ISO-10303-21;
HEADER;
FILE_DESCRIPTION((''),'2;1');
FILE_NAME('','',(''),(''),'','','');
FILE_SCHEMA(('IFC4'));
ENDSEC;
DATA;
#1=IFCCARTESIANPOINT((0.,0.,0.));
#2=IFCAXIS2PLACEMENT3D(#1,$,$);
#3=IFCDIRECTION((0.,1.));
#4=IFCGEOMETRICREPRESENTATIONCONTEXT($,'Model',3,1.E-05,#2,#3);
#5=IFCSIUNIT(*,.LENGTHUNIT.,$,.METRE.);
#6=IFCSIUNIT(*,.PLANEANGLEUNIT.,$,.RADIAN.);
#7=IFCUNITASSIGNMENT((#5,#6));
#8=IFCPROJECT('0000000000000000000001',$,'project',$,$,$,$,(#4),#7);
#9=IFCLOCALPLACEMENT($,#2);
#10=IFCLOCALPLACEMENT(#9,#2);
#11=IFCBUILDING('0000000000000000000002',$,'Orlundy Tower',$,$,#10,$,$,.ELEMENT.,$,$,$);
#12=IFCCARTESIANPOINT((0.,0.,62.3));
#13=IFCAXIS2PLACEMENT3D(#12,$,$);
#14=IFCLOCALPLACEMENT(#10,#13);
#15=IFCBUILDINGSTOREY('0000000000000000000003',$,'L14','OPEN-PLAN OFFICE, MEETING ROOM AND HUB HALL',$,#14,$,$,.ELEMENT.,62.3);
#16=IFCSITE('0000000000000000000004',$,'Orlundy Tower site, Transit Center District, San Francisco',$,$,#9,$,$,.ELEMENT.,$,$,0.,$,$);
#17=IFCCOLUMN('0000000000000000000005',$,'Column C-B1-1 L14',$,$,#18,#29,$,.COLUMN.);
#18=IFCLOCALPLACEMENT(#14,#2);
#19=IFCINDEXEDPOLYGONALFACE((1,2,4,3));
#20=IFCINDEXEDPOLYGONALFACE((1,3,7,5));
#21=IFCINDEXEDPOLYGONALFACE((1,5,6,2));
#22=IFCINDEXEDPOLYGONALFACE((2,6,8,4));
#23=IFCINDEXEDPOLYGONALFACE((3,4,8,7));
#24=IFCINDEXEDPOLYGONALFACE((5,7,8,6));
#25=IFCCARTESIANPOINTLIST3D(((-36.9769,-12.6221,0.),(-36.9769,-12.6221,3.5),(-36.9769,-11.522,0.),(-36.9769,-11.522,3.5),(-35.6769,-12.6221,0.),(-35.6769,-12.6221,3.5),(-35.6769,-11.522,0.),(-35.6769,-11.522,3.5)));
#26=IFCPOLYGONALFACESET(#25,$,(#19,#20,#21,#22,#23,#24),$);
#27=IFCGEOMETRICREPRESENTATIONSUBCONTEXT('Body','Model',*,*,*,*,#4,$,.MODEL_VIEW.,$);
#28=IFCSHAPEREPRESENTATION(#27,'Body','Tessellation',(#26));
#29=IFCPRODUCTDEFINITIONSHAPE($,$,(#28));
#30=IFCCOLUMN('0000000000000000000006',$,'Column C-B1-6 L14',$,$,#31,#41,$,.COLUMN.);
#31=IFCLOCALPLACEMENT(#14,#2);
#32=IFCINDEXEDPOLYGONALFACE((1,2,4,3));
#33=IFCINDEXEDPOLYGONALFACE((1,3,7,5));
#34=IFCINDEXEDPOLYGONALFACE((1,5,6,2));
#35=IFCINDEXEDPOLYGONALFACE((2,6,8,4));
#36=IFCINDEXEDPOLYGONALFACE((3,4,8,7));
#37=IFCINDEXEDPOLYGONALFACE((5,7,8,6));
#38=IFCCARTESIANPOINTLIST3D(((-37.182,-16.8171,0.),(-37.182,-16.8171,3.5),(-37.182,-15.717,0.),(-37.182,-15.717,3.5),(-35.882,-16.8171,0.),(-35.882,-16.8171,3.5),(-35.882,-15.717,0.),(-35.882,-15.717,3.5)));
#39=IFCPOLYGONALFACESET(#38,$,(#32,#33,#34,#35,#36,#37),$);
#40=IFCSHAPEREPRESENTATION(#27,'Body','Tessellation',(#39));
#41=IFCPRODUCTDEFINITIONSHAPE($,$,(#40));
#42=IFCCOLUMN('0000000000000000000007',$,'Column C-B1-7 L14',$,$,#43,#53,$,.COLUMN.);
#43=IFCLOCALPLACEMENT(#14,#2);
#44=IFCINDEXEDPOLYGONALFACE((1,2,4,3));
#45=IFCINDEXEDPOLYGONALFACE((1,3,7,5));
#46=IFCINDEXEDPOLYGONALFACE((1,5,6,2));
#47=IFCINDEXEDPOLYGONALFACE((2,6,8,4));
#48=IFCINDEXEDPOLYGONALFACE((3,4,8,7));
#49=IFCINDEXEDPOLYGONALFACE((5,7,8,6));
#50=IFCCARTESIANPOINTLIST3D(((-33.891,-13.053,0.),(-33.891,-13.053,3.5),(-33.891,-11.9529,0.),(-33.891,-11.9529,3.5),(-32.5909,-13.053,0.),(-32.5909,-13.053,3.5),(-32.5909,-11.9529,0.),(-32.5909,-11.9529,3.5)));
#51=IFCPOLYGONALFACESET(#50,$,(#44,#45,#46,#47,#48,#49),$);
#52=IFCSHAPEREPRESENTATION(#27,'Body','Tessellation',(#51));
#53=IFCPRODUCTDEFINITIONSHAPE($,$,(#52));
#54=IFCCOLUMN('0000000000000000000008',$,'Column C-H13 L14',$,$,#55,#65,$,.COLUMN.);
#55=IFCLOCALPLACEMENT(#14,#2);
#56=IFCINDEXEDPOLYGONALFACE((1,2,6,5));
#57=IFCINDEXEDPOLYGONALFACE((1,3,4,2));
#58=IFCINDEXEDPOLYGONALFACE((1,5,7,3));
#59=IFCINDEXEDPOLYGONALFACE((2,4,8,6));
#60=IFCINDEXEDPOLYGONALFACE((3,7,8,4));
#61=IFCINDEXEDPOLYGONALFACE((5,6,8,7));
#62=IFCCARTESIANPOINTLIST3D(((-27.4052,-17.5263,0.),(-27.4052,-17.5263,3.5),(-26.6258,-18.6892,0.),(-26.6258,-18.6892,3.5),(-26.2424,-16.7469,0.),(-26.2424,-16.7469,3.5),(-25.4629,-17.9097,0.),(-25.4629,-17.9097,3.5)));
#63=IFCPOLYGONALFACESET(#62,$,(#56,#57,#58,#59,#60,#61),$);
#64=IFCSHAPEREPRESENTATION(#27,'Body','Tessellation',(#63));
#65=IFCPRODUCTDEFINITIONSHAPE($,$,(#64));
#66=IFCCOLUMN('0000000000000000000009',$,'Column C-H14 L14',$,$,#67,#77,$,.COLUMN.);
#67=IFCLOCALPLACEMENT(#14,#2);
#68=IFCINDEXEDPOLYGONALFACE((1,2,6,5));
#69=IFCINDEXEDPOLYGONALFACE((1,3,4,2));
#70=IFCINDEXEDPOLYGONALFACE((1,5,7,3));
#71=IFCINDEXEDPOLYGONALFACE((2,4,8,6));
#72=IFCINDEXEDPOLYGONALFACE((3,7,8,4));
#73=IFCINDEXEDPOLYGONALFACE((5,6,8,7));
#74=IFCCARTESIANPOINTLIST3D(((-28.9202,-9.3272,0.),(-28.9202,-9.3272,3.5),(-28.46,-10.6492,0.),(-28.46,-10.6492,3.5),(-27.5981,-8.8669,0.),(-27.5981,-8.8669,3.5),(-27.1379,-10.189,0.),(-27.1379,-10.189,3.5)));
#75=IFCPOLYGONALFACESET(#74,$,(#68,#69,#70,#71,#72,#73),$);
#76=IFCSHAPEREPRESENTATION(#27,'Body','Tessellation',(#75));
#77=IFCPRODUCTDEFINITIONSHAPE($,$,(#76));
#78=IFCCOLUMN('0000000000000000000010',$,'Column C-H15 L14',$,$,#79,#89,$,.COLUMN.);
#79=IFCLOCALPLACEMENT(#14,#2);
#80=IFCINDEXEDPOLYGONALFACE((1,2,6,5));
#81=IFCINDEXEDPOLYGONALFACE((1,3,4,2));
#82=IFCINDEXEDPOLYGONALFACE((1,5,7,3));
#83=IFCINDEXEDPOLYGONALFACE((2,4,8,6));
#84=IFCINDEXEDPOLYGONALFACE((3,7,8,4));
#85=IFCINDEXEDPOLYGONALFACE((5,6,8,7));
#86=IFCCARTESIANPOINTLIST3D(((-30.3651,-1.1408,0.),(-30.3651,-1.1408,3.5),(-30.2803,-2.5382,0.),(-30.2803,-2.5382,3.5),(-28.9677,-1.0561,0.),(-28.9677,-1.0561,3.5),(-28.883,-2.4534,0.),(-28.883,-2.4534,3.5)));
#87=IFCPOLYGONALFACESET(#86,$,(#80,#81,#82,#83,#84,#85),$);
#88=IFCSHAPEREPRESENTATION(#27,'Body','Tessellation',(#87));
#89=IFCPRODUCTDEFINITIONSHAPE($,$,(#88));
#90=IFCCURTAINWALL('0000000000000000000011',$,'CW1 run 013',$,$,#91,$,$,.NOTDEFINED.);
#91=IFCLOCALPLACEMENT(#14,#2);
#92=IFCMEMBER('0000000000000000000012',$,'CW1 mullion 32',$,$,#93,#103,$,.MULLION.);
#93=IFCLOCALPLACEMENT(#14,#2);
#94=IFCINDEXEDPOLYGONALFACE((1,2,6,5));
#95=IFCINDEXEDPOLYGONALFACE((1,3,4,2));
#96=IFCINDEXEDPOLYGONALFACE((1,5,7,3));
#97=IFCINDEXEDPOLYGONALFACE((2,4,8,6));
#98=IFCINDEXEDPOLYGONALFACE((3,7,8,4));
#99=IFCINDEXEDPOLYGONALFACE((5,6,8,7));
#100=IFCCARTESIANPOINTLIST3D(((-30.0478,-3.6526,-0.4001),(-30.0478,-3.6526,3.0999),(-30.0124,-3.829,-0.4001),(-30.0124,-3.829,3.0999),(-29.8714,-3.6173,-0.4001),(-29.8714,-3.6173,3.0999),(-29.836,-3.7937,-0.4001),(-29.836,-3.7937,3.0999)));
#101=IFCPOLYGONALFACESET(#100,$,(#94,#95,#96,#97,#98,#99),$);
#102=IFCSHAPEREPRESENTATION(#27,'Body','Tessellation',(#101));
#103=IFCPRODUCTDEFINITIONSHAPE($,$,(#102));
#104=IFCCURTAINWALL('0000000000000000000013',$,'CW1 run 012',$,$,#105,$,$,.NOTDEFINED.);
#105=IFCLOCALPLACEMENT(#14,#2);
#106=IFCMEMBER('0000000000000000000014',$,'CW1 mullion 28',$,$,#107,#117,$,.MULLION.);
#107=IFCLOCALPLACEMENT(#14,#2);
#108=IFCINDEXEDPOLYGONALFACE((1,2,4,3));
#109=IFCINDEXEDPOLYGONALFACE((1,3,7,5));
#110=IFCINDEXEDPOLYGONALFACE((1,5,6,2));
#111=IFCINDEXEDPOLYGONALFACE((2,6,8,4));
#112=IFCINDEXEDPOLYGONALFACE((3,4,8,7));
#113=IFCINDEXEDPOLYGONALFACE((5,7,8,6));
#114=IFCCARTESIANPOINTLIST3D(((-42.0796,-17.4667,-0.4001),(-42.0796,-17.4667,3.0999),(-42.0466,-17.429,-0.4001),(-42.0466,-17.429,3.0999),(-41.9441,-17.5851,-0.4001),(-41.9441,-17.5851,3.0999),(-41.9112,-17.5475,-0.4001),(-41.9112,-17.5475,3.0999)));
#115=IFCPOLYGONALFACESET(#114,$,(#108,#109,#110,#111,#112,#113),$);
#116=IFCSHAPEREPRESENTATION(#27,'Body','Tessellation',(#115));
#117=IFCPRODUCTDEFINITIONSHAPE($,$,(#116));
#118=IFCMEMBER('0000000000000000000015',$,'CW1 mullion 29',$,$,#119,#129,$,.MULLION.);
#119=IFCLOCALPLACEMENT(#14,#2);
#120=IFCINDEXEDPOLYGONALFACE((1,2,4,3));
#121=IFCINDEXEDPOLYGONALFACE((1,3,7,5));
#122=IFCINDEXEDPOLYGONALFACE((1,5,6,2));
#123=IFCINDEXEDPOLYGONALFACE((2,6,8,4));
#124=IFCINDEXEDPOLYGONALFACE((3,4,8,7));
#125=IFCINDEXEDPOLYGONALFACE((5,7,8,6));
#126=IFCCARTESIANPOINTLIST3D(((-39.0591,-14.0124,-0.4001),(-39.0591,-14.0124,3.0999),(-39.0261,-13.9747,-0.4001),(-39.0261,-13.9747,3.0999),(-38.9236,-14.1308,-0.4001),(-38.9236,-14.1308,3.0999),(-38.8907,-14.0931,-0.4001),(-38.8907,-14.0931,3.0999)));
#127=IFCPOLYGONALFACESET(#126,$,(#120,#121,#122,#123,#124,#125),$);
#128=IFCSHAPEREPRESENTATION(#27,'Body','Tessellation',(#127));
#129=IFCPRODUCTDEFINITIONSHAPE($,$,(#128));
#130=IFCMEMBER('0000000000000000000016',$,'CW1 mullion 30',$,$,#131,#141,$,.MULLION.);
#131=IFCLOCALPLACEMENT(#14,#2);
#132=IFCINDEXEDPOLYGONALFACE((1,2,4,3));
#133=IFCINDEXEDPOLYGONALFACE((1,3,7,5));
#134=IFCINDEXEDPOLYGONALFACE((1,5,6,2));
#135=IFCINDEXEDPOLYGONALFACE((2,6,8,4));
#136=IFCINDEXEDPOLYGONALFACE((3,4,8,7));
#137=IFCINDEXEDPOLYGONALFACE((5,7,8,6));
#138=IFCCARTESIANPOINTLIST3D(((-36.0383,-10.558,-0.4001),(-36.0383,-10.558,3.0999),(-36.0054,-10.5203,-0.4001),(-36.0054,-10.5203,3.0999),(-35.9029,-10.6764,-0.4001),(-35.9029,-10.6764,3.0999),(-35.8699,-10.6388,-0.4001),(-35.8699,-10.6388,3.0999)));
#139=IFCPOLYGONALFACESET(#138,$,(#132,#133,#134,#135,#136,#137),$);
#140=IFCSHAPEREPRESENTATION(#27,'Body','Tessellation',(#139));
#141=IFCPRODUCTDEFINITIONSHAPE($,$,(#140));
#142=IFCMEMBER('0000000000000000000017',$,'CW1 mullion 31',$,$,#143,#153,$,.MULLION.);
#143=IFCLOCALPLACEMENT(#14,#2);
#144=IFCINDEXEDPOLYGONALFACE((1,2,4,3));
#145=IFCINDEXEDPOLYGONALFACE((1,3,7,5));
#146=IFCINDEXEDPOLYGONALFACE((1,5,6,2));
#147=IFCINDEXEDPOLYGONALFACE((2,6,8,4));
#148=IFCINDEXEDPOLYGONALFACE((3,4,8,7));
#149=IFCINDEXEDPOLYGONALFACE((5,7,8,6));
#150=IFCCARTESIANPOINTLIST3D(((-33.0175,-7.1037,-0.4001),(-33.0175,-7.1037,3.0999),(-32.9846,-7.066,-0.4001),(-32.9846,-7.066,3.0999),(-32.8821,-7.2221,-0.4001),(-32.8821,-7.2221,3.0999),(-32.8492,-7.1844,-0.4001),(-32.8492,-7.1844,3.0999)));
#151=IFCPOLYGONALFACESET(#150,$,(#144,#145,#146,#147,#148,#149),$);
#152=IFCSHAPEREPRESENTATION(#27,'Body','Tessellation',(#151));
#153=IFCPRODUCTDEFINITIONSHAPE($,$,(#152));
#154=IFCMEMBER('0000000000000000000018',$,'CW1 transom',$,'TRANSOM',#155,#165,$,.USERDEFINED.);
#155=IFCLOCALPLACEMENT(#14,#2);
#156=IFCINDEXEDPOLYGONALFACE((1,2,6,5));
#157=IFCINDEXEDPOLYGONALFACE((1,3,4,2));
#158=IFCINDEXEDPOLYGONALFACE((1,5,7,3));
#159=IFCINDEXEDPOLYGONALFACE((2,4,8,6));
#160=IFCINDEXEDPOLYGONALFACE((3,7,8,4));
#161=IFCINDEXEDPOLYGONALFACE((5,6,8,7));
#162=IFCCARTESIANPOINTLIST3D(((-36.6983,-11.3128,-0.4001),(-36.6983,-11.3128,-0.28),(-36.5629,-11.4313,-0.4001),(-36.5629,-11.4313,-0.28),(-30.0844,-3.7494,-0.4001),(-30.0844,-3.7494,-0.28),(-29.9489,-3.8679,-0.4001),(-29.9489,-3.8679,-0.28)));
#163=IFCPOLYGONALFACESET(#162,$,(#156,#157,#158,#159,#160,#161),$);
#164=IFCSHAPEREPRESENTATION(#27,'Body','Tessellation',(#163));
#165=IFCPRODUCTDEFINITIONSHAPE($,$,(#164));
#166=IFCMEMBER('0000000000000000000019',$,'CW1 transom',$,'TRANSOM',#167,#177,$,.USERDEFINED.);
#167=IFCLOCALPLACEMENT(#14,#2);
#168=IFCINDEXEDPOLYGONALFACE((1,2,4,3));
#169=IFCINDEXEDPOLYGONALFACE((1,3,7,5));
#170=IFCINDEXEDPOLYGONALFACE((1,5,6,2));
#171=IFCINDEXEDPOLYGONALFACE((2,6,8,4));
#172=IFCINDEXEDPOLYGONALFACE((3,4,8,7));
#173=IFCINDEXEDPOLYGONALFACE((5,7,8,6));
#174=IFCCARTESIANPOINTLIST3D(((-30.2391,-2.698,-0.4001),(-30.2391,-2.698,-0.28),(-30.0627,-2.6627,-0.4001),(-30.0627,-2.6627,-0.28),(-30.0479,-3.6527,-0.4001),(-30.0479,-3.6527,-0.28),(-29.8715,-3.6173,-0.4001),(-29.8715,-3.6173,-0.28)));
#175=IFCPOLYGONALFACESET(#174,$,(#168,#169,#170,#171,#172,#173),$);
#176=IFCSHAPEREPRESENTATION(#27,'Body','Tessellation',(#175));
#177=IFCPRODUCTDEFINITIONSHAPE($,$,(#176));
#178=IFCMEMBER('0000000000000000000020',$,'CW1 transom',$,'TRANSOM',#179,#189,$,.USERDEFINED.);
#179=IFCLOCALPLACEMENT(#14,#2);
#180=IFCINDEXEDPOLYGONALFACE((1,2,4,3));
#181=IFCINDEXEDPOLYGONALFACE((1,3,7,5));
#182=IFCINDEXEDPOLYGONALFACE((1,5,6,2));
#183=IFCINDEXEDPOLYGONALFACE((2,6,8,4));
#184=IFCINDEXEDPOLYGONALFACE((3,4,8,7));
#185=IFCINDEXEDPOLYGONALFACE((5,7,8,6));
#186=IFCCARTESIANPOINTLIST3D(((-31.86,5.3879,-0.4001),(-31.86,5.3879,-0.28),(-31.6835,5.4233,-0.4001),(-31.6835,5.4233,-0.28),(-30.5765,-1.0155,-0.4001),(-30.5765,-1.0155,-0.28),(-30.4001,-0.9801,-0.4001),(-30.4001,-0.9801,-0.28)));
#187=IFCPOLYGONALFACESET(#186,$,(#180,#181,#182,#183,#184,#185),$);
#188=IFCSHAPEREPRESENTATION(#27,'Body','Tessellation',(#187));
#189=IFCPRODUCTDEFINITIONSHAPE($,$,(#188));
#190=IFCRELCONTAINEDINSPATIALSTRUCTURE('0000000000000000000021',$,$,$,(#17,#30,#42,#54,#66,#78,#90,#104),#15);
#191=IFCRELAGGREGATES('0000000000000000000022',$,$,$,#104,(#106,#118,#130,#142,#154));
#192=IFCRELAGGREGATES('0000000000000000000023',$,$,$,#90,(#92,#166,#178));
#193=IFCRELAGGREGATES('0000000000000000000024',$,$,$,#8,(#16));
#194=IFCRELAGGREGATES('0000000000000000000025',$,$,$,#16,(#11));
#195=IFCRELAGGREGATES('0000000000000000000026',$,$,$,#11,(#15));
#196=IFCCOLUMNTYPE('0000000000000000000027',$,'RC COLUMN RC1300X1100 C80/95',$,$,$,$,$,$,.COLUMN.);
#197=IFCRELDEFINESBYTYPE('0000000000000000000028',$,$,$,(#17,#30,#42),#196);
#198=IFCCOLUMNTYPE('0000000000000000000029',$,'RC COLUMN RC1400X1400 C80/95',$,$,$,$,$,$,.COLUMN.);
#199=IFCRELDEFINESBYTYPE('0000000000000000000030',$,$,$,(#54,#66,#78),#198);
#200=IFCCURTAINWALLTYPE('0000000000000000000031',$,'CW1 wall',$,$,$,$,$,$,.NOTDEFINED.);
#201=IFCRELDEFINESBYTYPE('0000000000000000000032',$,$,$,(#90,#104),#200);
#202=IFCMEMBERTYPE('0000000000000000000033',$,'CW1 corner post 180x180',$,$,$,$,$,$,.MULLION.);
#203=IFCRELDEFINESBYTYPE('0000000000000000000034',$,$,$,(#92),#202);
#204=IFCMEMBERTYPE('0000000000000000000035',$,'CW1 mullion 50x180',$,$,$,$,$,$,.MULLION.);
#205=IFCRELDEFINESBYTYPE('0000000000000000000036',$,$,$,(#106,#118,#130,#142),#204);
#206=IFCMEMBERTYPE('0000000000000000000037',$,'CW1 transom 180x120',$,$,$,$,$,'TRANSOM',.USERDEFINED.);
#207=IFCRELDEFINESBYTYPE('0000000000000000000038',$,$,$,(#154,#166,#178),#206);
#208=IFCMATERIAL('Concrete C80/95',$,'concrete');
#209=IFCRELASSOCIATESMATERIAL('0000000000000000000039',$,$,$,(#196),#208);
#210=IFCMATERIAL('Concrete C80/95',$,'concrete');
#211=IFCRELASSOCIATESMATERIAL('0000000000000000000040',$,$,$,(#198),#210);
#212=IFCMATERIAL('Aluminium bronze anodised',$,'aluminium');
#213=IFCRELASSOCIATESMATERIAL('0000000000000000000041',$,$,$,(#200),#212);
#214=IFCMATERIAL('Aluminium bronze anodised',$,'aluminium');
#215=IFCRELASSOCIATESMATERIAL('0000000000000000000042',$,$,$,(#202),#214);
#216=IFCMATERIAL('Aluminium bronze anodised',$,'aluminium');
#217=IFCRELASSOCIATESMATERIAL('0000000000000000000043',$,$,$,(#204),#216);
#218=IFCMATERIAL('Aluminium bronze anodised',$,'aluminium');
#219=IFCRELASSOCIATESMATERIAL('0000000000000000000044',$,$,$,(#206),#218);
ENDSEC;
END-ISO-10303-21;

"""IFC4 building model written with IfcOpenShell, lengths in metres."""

from ifc_helpers import new_model, si_unit, direction, frame, origin, origin_2d, place, context, subcontext, project, spatial, rectangle, extrude, material, material_profile, profile_set, type_object, element, aggregate, save


model = new_model("IFC4")

# Units and contexts
model_context = context("Model", 3, precision=1e-05, world=origin(), true_north=direction((0.0, 1.0)))
body_context = subcontext(model_context, "Body", "Model", "MODEL_VIEW")
ifc_project = project(units=[si_unit("LENGTHUNIT", "METRE"), si_unit("PLANEANGLEUNIT", "RADIAN")], contexts=[model_context])

# Site, building, storey
site_placement = place(None, origin())
site = spatial("IfcSite", under=ifc_project, at=site_placement, Name="Orlundy Tower site, Transit Center District, San Francisco", CompositionType="ELEMENT", RefElevation=0.0)
building_placement = place(site_placement, origin())
building = spatial("IfcBuilding", under=site, at=building_placement, Name="Orlundy Tower", CompositionType="ELEMENT")
storey_placement = place(building_placement, frame((0.0, 0.0, 62.3)))
storey = spatial("IfcBuildingStorey", under=building, at=storey_placement, Name="L14", Description="OPEN-PLAN OFFICE, MEETING ROOM AND HUB HALL", CompositionType="ELEMENT", Elevation=62.3)

# Columns
ifc_material_1 = material(Name="Concrete C80/95", Category="concrete")
ifc_material_profile_1 = material_profile(ifc_material_1, rectangle(XDim=1.3, YDim=1.1001, at=origin_2d()), Name="RC1300X1100")
ifc_profile_set_1 = profile_set([ifc_material_profile_1], Name="Concrete C80/95")
column_type_1 = type_object("IfcColumnType", Name="RC COLUMN RC1300X1100 C80/95", PredefinedType="COLUMN", material=ifc_profile_set_1)
for number, where, z_axis, x_axis, name in (
    (1, (-36.3269, -12.072, 0.0), (0.0, 0.0, 1.0), (1.0, 0.0, 0.0), "Column C-B1-1 L14"),
    (2, (-36.532, -16.2671, 0.0), (0.0, 0.0, 1.0), (1.0, 0.0, 0.0), "Column C-B1-6 L14"),
    (3, (-33.241, -12.5029, 0.0), (0.0, 0.0, 1.0), (1.0, 0.0, 0.0), "Column C-B1-7 L14"),
):
    element("IfcColumn", number, at=place(storey_placement, frame(where, z_axis=z_axis, x_axis=x_axis)), inside=storey, type_object=column_type_1, Name=name, PredefinedType="COLUMN", context=body_context, shape_type="SweptSolid", body=[
        extrude(rectangle(XDim=1.3, YDim=1.1001, at=origin_2d()), origin(), (0.0, 0.0, 1.0), 3.5),
    ])
ifc_material_2 = material(Name="Concrete C80/95", Category="concrete")
ifc_material_profile_2 = material_profile(ifc_material_2, rectangle(XDim=1.3999, YDim=1.3999, at=origin_2d()), Name="RC1400X1400")
ifc_profile_set_2 = profile_set([ifc_material_profile_2], Name="Concrete C80/95")
column_type_2 = type_object("IfcColumnType", Name="RC COLUMN RC1400X1400 C80/95", PredefinedType="COLUMN", material=ifc_profile_set_2)
for number, where, z_axis, x_axis, name in (
    (4, (-26.4341, -17.718, 0.0), (0.0, 0.0, 1.0), (-0.830664, -0.556774, 0.0), "Column C-H13 L14"),
    (5, (-28.0291, -9.7581, 0.0), (0.0, 0.0, 1.0), (-0.944405, -0.328784, 0.0), "Column C-H14 L14"),
    (6, (-29.624, -1.7971, 0.0), (0.0, 0.0, 1.0), (-0.998166, -0.060543, 0.0), "Column C-H15 L14"),
):
    element("IfcColumn", number, at=place(storey_placement, frame(where, z_axis=z_axis, x_axis=x_axis)), inside=storey, type_object=column_type_2, Name=name, PredefinedType="COLUMN", context=body_context, shape_type="SweptSolid", body=[
        extrude(rectangle(XDim=1.3999, YDim=1.3999, at=origin_2d()), origin(), (0.0, 0.0, 1.0), 3.5),
    ])

# Curtain wall, member
ifc_material_3 = material(Name="Aluminium bronze anodised", Category="aluminium")
curtain_wall_type = type_object("IfcCurtainWallType", Name="CW1 wall", PredefinedType="NOTDEFINED", material=ifc_material_3)
curtain_wall_1_placement = place(storey_placement, origin())
curtain_wall_1 = element("IfcCurtainWall", 7, at=curtain_wall_1_placement, inside=storey, type_object=curtain_wall_type, Name="CW1 run 013", PredefinedType="NOTDEFINED")
ifc_material_4 = material(Name="Aluminium bronze anodised", Category="aluminium")
ifc_material_profile_3 = material_profile(ifc_material_4, rectangle(XDim=0.1799, YDim=0.1799, at=origin_2d()), Name="CW1 corner post 180x180")
ifc_profile_set_3 = profile_set([ifc_material_profile_3], Name="Aluminium bronze anodised")
member_type_1 = type_object("IfcMemberType", Name="CW1 corner post 180x180", PredefinedType="MULLION", material=ifc_profile_set_3)
member_1_placement = place(storey_placement, frame((-29.9419, -3.7231, -0.4001), z_axis=(0.0, 0.0, 1.0), x_axis=(-0.980498, -0.196529, 0.0)))
member_1 = element("IfcMember", 8, at=member_1_placement, type_object=member_type_1, Name="CW1 mullion 32", PredefinedType="MULLION", context=body_context, shape_type="SweptSolid", body=[
    extrude(rectangle(XDim=0.1799, YDim=0.1799, at=origin_2d()), origin(), (0.0, 0.0, 1.0), 3.5),
])

# Curtain wall, members
curtain_wall_2_placement = place(storey_placement, origin())
curtain_wall_2 = element("IfcCurtainWall", 9, at=curtain_wall_2_placement, inside=storey, type_object=curtain_wall_type, Name="CW1 run 012", PredefinedType="NOTDEFINED")
ifc_material_5 = material(Name="Aluminium bronze anodised", Category="aluminium")
ifc_material_profile_4 = material_profile(ifc_material_5, rectangle(XDim=0.1799, YDim=0.05, at=origin_2d()), Name="CW1 mullion 50x180")
ifc_profile_set_4 = profile_set([ifc_material_profile_4], Name="Aluminium bronze anodised")
member_type_2 = type_object("IfcMemberType", Name="CW1 mullion 50x180", PredefinedType="MULLION", material=ifc_profile_set_4)
member_2_placement = place(storey_placement, frame((-41.9954, -17.5071, -0.4001), z_axis=(0.0, 0.0, 1.0), x_axis=(-0.752779, 0.658273, 0.0)))
member_2 = element("IfcMember", 10, at=member_2_placement, type_object=member_type_2, Name="CW1 mullion 28", PredefinedType="MULLION", context=body_context, shape_type="SweptSolid", body=[
    extrude(rectangle(XDim=0.1799, YDim=0.05, at=origin_2d()), origin(), (0.0, 0.0, 1.0), 3.5),
])
member_3_placement = place(storey_placement, frame((-38.9749, -14.0527, -0.4001), z_axis=(0.0, 0.0, 1.0), x_axis=(-0.752779, 0.658273, 0.0)))
member_3 = element("IfcMember", 11, at=member_3_placement, type_object=member_type_2, Name="CW1 mullion 29", PredefinedType="MULLION", context=body_context, shape_type="SweptSolid", body=[
    extrude(rectangle(XDim=0.1799, YDim=0.05, at=origin_2d()), origin(), (0.0, 0.0, 1.0), 3.5),
])
member_4_placement = place(storey_placement, frame((-35.9541, -10.5984, -0.4001), z_axis=(0.0, 0.0, 1.0), x_axis=(-0.752779, 0.658273, 0.0)))
member_4 = element("IfcMember", 12, at=member_4_placement, type_object=member_type_2, Name="CW1 mullion 30", PredefinedType="MULLION", context=body_context, shape_type="SweptSolid", body=[
    extrude(rectangle(XDim=0.1799, YDim=0.05, at=origin_2d()), origin(), (0.0, 0.0, 1.0), 3.5),
])
member_5_placement = place(storey_placement, frame((-32.9333, -7.144, -0.4001), z_axis=(0.0, 0.0, 1.0), x_axis=(-0.752779, 0.658273, 0.0)))
member_5 = element("IfcMember", 13, at=member_5_placement, type_object=member_type_2, Name="CW1 mullion 31", PredefinedType="MULLION", context=body_context, shape_type="SweptSolid", body=[
    extrude(rectangle(XDim=0.1799, YDim=0.05, at=origin_2d()), origin(), (0.0, 0.0, 1.0), 3.5),
])
ifc_material_6 = material(Name="Aluminium bronze anodised", Category="aluminium")
ifc_material_profile_5 = material_profile(ifc_material_6, rectangle(XDim=0.1799, YDim=0.1201, at=origin_2d()), Name="CW1 transom 180x120")
ifc_profile_set_5 = profile_set([ifc_material_profile_5], Name="Aluminium bronze anodised")
member_type_3 = type_object("IfcMemberType", Name="CW1 transom 180x120", ElementType="TRANSOM", PredefinedType="USERDEFINED", material=ifc_profile_set_5)
member_6_placement = place(storey_placement, frame((-36.6306, -11.3721, -0.3401), z_axis=(0.658278, 0.752775, 0.0), x_axis=(-0.752775, 0.658278, 0.0)))
member_6 = element("IfcMember", 14, at=member_6_placement, type_object=member_type_3, Name="CW1 transom", ObjectType="TRANSOM", PredefinedType="USERDEFINED", context=body_context, shape_type="SweptSolid", body=[
    extrude(rectangle(XDim=0.1799, YDim=0.1201, at=origin_2d()), origin(), (0.0, 0.0, 1.0), 10.0474),
])

# Members
member_7_placement = place(storey_placement, frame((-29.9597, -3.635, -0.3401), z_axis=(-0.196357, 0.980532, 0.0), x_axis=(-0.980532, -0.196357, 0.0)))
member_7 = element("IfcMember", 15, at=member_7_placement, type_object=member_type_3, Name="CW1 transom", ObjectType="TRANSOM", PredefinedType="USERDEFINED", context=body_context, shape_type="SweptSolid", body=[
    extrude(rectangle(XDim=0.1799, YDim=0.1201, at=origin_2d()), origin(), (0.0, 0.0, 1.0), 0.9736),
])
member_8_placement = place(storey_placement, frame((-30.4883, -0.9978, -0.3401), z_axis=(-0.196526, 0.980499, 0.0), x_axis=(-0.980499, -0.196526, 0.0)))
member_8 = element("IfcMember", 16, at=member_8_placement, type_object=member_type_3, Name="CW1 transom", ObjectType="TRANSOM", PredefinedType="USERDEFINED", context=body_context, shape_type="SweptSolid", body=[
    extrude(rectangle(XDim=0.1799, YDim=0.1201, at=origin_2d()), origin(), (0.0, 0.0, 1.0), 6.5308),
])

aggregate(curtain_wall_2, [member_2, member_3, member_4, member_5, member_6])
aggregate(curtain_wall_1, [member_1, member_7, member_8])

save(model, "model.ifc")
